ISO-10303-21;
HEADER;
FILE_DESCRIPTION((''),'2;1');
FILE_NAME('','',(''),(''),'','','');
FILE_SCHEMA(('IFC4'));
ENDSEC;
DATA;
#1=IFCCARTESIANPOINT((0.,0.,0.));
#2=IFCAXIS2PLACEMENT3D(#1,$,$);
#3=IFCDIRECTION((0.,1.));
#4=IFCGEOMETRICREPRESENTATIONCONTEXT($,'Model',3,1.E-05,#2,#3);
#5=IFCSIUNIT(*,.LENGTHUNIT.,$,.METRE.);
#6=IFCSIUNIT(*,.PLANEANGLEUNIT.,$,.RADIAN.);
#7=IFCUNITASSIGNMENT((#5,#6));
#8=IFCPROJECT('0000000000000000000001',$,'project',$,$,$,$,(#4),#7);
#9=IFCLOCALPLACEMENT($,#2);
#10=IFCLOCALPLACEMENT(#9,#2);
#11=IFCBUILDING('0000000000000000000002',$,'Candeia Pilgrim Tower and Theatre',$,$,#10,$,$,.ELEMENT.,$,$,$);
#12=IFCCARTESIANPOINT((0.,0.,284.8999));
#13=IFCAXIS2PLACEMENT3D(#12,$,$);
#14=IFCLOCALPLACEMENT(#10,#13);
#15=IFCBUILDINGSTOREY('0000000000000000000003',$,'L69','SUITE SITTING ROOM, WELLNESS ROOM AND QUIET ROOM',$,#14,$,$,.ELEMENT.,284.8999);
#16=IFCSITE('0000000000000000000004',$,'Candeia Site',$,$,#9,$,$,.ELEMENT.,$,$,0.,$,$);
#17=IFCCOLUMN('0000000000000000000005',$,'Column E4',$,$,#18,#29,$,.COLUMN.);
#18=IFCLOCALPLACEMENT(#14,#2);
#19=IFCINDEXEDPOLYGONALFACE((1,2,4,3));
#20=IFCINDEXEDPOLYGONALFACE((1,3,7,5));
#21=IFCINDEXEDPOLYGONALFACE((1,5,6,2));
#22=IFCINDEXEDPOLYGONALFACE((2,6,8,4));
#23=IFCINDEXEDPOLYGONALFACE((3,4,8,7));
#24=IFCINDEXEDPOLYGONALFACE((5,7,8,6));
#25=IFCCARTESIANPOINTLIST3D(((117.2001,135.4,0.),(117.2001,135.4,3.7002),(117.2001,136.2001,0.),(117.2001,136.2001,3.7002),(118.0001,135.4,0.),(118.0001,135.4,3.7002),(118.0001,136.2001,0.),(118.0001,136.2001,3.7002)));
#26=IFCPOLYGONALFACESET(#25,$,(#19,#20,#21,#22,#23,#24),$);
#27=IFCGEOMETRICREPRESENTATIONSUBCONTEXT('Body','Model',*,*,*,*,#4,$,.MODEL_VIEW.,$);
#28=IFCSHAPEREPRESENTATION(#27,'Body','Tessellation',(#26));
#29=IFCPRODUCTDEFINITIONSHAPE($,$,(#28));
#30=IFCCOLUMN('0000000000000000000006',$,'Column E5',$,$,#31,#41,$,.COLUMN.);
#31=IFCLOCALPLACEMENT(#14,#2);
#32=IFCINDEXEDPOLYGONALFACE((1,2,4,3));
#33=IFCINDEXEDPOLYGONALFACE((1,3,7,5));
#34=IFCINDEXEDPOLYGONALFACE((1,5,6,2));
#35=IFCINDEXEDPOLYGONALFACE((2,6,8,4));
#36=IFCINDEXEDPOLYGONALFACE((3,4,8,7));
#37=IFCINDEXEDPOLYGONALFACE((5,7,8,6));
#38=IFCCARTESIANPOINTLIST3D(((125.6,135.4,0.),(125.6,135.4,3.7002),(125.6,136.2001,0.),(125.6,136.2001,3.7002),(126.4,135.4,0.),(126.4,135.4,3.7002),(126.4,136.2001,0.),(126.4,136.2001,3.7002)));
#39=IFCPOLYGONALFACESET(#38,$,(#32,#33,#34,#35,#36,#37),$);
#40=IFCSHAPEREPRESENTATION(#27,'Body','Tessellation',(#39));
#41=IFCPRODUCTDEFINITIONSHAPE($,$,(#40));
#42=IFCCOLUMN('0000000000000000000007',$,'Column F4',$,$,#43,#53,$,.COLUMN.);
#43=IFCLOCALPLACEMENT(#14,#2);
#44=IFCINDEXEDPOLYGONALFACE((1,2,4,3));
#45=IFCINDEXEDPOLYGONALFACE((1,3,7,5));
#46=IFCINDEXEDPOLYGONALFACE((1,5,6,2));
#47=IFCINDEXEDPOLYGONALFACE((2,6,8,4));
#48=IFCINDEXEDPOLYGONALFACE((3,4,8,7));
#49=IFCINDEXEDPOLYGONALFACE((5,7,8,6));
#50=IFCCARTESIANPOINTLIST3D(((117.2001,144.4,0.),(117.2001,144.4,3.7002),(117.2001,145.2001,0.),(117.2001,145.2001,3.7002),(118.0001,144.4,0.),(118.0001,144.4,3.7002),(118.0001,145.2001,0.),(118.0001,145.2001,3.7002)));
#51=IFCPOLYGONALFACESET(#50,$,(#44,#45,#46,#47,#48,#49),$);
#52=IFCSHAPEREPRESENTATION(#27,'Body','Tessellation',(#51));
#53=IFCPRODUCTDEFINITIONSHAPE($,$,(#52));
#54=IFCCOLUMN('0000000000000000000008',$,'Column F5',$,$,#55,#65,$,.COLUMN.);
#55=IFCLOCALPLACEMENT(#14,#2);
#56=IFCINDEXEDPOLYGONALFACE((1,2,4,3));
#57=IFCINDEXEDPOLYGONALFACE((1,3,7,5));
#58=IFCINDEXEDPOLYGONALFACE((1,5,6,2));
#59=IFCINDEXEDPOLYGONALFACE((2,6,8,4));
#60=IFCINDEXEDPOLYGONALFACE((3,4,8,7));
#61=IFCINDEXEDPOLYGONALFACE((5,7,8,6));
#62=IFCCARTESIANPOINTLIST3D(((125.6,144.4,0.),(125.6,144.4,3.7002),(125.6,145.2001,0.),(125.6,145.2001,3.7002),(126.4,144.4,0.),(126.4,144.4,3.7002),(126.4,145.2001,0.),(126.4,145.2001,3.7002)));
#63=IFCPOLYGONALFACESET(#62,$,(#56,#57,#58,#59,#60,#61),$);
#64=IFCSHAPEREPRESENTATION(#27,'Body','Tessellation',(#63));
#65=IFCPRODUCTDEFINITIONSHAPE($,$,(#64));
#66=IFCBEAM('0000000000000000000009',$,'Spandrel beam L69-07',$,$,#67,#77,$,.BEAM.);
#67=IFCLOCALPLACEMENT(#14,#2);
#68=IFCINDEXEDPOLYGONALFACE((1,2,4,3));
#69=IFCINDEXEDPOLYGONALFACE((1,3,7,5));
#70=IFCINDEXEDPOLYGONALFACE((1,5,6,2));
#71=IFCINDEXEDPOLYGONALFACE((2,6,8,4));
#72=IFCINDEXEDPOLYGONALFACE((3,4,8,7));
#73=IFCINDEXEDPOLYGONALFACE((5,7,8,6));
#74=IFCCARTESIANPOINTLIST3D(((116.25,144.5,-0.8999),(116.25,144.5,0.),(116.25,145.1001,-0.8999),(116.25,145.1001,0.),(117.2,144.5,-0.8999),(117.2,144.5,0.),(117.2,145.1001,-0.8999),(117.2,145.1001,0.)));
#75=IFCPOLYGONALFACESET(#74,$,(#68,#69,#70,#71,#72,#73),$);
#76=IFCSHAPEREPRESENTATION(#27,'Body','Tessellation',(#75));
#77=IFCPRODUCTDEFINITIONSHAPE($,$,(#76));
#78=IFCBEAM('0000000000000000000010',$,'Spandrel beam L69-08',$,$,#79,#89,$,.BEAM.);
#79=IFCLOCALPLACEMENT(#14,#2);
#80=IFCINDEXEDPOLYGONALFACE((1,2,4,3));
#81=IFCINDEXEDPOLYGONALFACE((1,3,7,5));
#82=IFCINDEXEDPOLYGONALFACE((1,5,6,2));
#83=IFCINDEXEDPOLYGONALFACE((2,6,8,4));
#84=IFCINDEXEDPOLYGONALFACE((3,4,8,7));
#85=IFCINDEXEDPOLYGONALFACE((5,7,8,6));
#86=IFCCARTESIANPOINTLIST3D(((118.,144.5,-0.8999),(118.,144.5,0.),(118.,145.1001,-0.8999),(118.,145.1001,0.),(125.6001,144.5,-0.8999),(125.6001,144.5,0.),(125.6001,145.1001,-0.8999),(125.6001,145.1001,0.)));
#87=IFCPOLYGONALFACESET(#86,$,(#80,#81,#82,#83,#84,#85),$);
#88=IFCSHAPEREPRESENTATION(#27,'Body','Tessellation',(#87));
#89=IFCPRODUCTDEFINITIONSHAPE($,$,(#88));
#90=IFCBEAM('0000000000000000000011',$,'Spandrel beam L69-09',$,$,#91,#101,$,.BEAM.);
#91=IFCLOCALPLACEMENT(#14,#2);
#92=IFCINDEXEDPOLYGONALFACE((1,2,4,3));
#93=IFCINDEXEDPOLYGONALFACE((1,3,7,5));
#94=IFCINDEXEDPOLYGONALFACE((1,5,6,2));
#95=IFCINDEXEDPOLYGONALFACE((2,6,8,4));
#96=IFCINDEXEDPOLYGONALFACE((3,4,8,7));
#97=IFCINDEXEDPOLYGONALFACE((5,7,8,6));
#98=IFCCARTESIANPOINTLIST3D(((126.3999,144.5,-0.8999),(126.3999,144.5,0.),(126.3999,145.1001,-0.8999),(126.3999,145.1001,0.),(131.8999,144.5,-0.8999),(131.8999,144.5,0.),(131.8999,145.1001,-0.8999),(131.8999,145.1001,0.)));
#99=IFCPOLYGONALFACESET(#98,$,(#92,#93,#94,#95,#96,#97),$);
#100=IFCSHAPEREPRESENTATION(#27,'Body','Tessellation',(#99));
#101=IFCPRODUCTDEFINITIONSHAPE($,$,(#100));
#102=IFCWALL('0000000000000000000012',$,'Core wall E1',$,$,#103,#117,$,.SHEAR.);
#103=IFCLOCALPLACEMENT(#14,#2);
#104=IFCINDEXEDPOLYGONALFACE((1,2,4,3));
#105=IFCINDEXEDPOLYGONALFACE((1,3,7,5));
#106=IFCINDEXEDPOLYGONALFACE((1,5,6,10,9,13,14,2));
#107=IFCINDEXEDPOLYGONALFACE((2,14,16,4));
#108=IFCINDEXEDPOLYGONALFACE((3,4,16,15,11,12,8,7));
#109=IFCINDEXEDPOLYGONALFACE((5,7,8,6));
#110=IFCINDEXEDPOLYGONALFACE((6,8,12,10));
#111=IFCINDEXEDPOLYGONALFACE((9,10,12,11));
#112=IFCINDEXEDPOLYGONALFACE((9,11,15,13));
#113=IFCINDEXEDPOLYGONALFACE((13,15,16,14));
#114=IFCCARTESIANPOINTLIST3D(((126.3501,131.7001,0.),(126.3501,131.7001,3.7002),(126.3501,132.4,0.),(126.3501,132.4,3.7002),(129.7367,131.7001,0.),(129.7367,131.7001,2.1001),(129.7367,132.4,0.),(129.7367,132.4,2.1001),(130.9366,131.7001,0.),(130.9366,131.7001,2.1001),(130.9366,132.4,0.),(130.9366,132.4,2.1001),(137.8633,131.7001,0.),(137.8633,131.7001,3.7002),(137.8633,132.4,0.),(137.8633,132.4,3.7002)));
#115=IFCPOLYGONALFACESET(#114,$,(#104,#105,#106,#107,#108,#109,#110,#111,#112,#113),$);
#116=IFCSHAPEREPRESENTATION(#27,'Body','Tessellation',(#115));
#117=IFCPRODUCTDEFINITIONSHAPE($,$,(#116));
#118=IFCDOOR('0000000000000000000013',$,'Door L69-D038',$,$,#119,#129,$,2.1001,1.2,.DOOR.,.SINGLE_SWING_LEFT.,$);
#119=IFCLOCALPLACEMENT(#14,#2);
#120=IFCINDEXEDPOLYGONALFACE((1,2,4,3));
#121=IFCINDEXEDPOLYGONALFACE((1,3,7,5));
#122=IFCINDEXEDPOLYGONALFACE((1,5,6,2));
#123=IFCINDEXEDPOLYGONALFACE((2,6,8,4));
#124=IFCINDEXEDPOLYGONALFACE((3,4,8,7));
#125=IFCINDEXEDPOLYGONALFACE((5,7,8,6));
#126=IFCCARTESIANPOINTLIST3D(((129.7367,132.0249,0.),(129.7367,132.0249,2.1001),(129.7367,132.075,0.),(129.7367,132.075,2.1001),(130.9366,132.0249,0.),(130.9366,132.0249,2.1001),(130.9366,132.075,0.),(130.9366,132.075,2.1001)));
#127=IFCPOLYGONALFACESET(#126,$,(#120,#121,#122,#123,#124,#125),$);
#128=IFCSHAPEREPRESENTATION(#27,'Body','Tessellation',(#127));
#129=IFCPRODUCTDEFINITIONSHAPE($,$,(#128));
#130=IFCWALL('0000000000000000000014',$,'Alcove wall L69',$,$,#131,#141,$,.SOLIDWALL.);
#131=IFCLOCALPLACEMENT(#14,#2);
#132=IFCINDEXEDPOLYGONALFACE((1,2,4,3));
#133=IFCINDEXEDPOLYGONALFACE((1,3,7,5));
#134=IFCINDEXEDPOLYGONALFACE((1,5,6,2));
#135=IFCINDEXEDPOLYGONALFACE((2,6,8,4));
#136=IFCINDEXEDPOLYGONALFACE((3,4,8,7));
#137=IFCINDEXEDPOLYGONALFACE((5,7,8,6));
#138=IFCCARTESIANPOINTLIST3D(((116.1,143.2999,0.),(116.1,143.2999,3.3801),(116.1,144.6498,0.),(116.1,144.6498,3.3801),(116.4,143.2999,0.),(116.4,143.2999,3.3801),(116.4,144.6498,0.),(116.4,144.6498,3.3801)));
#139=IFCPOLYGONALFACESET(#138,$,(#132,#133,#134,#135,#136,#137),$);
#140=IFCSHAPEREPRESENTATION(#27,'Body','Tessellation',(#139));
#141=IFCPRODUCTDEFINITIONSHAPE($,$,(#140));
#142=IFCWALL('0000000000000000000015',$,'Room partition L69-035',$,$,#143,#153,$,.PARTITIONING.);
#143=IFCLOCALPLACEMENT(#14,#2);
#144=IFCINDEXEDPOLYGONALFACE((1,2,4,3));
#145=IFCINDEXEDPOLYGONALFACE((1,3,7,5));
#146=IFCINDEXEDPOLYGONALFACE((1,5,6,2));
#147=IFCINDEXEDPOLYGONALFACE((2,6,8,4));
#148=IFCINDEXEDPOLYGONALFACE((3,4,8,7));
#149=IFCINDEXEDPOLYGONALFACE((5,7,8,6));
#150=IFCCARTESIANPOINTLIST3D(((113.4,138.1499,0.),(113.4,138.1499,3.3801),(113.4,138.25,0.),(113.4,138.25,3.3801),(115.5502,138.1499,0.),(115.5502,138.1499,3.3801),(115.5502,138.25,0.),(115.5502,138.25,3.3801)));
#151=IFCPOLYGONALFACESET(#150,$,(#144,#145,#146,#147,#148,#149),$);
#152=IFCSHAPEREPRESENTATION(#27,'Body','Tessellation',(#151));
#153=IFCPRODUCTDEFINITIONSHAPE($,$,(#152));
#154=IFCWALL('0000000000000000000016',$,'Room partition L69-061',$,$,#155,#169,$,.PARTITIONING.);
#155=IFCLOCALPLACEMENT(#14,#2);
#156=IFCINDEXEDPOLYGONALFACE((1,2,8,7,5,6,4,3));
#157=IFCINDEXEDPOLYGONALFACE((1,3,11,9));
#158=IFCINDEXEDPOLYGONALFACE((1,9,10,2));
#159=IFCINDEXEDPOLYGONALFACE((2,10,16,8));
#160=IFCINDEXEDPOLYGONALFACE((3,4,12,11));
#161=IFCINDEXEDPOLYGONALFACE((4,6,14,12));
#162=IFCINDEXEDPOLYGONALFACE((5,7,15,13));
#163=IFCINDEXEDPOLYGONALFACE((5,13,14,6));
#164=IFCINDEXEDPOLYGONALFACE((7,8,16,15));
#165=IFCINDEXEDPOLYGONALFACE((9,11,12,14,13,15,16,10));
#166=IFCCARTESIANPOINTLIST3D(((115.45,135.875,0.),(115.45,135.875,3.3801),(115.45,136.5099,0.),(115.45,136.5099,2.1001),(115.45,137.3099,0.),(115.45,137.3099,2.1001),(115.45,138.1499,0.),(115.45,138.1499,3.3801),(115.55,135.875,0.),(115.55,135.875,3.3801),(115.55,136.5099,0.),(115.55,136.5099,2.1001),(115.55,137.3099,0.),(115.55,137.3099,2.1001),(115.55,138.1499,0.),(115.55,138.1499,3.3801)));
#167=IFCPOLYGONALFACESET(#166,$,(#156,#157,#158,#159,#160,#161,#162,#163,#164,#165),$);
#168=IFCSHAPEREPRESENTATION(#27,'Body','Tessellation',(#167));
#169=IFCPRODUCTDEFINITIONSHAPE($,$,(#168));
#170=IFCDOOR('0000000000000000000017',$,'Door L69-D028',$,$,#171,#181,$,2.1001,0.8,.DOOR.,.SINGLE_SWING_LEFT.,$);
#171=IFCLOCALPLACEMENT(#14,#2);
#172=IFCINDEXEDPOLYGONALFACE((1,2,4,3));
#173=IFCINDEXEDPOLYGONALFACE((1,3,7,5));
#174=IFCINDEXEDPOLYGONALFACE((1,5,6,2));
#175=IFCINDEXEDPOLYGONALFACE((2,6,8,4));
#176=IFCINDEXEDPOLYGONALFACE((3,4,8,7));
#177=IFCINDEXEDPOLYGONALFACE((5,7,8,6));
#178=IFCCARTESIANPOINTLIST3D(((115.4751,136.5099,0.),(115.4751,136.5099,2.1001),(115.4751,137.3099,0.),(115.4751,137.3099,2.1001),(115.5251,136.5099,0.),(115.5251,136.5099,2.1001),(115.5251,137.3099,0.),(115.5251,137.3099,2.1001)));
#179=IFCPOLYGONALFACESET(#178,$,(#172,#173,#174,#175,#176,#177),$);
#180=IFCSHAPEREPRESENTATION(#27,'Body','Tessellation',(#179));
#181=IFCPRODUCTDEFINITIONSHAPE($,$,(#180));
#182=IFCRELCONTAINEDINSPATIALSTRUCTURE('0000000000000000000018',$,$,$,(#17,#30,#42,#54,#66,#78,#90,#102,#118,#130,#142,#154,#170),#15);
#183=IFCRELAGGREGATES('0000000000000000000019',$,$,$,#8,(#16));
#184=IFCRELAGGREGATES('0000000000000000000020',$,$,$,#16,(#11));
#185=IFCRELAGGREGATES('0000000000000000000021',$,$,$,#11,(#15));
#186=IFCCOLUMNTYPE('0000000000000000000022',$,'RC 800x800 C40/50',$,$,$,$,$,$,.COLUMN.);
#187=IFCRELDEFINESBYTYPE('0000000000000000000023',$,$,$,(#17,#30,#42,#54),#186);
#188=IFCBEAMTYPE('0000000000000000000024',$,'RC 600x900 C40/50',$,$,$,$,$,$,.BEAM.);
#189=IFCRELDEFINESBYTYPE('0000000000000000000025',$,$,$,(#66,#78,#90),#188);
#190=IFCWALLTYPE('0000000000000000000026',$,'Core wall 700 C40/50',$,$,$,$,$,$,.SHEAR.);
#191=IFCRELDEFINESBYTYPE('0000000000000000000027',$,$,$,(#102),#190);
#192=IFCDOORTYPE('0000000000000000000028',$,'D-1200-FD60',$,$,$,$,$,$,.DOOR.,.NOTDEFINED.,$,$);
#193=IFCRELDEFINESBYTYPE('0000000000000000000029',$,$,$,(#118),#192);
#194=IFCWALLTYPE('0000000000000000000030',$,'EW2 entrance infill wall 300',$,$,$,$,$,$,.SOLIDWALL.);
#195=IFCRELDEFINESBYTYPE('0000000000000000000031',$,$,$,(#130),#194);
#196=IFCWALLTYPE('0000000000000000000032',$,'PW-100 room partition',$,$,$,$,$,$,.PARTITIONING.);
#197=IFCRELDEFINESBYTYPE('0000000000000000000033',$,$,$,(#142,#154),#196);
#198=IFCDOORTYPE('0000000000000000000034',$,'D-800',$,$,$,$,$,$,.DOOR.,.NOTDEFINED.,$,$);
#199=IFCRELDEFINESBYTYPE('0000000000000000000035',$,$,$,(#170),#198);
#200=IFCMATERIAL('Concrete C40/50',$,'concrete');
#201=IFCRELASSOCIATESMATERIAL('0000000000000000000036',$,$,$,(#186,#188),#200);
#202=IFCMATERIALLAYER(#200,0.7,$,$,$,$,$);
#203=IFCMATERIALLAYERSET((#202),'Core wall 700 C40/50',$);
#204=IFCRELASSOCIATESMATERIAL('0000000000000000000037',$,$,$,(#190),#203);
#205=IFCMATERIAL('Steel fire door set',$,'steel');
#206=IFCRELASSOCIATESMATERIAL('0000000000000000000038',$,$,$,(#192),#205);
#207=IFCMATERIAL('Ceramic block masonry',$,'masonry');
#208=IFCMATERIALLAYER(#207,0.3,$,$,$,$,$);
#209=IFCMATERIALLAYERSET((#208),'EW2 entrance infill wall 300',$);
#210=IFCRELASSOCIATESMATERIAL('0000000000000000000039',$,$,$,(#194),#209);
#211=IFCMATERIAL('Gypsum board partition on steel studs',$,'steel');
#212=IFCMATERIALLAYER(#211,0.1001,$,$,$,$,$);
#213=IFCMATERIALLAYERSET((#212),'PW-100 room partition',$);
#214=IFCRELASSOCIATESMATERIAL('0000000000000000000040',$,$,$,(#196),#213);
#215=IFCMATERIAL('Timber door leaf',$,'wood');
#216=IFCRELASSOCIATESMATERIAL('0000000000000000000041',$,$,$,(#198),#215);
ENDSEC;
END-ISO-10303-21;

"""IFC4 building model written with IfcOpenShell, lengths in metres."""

from ifc_helpers import new_model, si_unit, direction, frame, frame_2d, origin, origin_2d, place, context, subcontext, project, spatial, rectangle, extrude, material, layer, layer_set, material_profile, profile_set, type_object, element, fill, save


model = new_model("IFC4")

# Units and contexts
model_context = context("Model", 3, precision=1e-05, world=origin(), true_north=direction((0.0, 1.0)))
body_context = subcontext(model_context, "Body", "Model", "MODEL_VIEW")
ifc_project = project(units=[si_unit("LENGTHUNIT", "METRE"), si_unit("PLANEANGLEUNIT", "RADIAN")], contexts=[model_context])

# Site, building, storey
site_placement = place(None, origin())
site = spatial("IfcSite", under=ifc_project, at=site_placement, Name="Candeia Site", CompositionType="ELEMENT", RefElevation=0.0)
building_placement = place(site_placement, origin())
building = spatial("IfcBuilding", under=site, at=building_placement, Name="Candeia Pilgrim Tower and Theatre", CompositionType="ELEMENT")
storey_placement = place(building_placement, frame((0.0, 0.0, 284.8999)))
storey = spatial("IfcBuildingStorey", under=building, at=storey_placement, Name="L69", Description="SUITE SITTING ROOM, WELLNESS ROOM AND QUIET ROOM", CompositionType="ELEMENT", Elevation=284.8999)

# Columns
ifc_material_1 = material(Name="Concrete C40/50", Category="concrete")
ifc_material_profile_1 = material_profile(ifc_material_1, rectangle(XDim=0.8, YDim=0.8, at=origin_2d()))
ifc_profile_set_1 = profile_set([ifc_material_profile_1], Name="Concrete C40/50")
column_type = type_object("IfcColumnType", Name="RC 800x800 C40/50", PredefinedType="COLUMN", material=ifc_profile_set_1)
for number, where, z_axis, x_axis, name in (
    (1, (117.6001, 135.8, 0.0), (0.0, 0.0, 1.0), (1.0, 0.0, 0.0), "Column E4"),
    (2, (126.0, 135.8, 0.0), (0.0, 0.0, 1.0), (1.0, 0.0, 0.0), "Column E5"),
    (3, (117.6001, 144.8, 0.0), (0.0, 0.0, 1.0), (1.0, 0.0, 0.0), "Column F4"),
    (4, (126.0, 144.8, 0.0), (0.0, 0.0, 1.0), (1.0, 0.0, 0.0), "Column F5"),
):
    element("IfcColumn", number, at=place(storey_placement, frame(where, z_axis=z_axis, x_axis=x_axis)), inside=storey, type_object=column_type, Name=name, PredefinedType="COLUMN", context=body_context, shape_type="SweptSolid", body=[
        extrude(rectangle(XDim=0.8, YDim=0.8, at=origin_2d()), origin(), (0.0, 0.0, 1.0), 3.7002),
    ])

# Beams
ifc_material_profile_2 = material_profile(ifc_material_1, rectangle(XDim=0.6001, YDim=0.8999, at=origin_2d()))
ifc_profile_set_2 = profile_set([ifc_material_profile_2], Name="Concrete C40/50")
beam_type = type_object("IfcBeamType", Name="RC 600x900 C40/50", PredefinedType="BEAM", material=ifc_profile_set_2)
beam_1_placement = place(storey_placement, frame((116.25, 144.8, -0.45), z_axis=(1.0, 0.0, 0.0), x_axis=(0.0, 1.0, 0.0)))
element("IfcBeam", 5, at=beam_1_placement, inside=storey, type_object=beam_type, Name="Spandrel beam L69-07", PredefinedType="BEAM", context=body_context, shape_type="SweptSolid", body=[
    extrude(rectangle(XDim=0.6001, YDim=0.8999, at=origin_2d()), origin(), (0.0, 0.0, 1.0), 0.95),
])
beam_2_placement = place(storey_placement, frame((118.0, 144.8, -0.45), z_axis=(1.0, 0.0, 0.0), x_axis=(0.0, 1.0, 0.0)))
element("IfcBeam", 6, at=beam_2_placement, inside=storey, type_object=beam_type, Name="Spandrel beam L69-08", PredefinedType="BEAM", context=body_context, shape_type="SweptSolid", body=[
    extrude(rectangle(XDim=0.6001, YDim=0.8999, at=origin_2d()), origin(), (0.0, 0.0, 1.0), 7.6001),
])
beam_3_placement = place(storey_placement, frame((126.3999, 144.8, -0.45), z_axis=(1.0, 0.0, 0.0), x_axis=(0.0, 1.0, 0.0)))
element("IfcBeam", 7, at=beam_3_placement, inside=storey, type_object=beam_type, Name="Spandrel beam L69-09", PredefinedType="BEAM", context=body_context, shape_type="SweptSolid", body=[
    extrude(rectangle(XDim=0.6001, YDim=0.8999, at=origin_2d()), origin(), (0.0, 0.0, 1.0), 5.5),
])

# Wall, opening, door
ifc_layer_1 = layer(ifc_material_1, 0.7)
ifc_layer_set_1 = layer_set([ifc_layer_1], Name="Core wall 700 C40/50")
wall_type_1 = type_object("IfcWallType", Name="Core wall 700 C40/50", PredefinedType="SHEAR", material=ifc_layer_set_1)
wall_1_placement = place(storey_placement, frame((126.3501, 132.05, 0.0), z_axis=(0.0, 0.0, 1.0), x_axis=(1.0, 0.0, 0.0)))
wall_1 = element("IfcWall", 8, at=wall_1_placement, inside=storey, type_object=wall_type_1, Name="Core wall E1", PredefinedType="SHEAR", context=body_context, shape_type="SweptSolid", body=[
    extrude(rectangle(XDim=11.5132, YDim=0.7, at=frame_2d((5.7566, 0.0))), origin(), (0.0, 0.0, 1.0), 3.7002),
])
opening_1_placement = place(wall_1_placement, frame((3.3865, 0.0, 0.0)))
opening_1 = element("IfcOpeningElement", 9, at=opening_1_placement, cuts=wall_1, PredefinedType="OPENING", context=body_context, shape_type="SweptSolid", body=[
    extrude(rectangle(XDim=1.2, YDim=2.1001, at=frame_2d((0.6001, 1.05))), frame((0.0, 0.3599, 0.0), z_axis=(0.0, -1.0, 0.0), x_axis=(1.0, 0.0, 0.0)), (0.0, 0.0, 1.0), 0.72),
])
ifc_material_2 = material(Name="Steel fire door set", Category="steel")
door_type_1 = type_object("IfcDoorType", Name="D-1200-FD60", OperationType="NOTDEFINED", PredefinedType="DOOR", material=ifc_material_2)
door_1_placement = place(opening_1_placement, origin())
door_1 = element("IfcDoor", 10, at=door_1_placement, inside=storey, type_object=door_type_1, Name="Door L69-D038", OperationType="SINGLE_SWING_LEFT", OverallHeight=2.1001, OverallWidth=1.2, PredefinedType="DOOR", context=body_context, shape_type="SweptSolid", body=[
    extrude(rectangle(XDim=1.2, YDim=2.1001, at=frame_2d((0.6001, 1.05))), frame((0.0, 0.0249, 0.0), z_axis=(0.0, -1.0, 0.0), x_axis=(1.0, 0.0, 0.0)), (0.0, 0.0, 1.0), 0.05),
])
fill(opening_1, door_1)
ifc_material_3 = material(Name="Ceramic block masonry", Category="masonry")

# Wall
ifc_layer_2 = layer(ifc_material_3, 0.3)
ifc_layer_set_2 = layer_set([ifc_layer_2], Name="EW2 entrance infill wall 300")
wall_type_2 = type_object("IfcWallType", Name="EW2 entrance infill wall 300", PredefinedType="SOLIDWALL", material=ifc_layer_set_2)
wall_2_placement = place(storey_placement, frame((116.25, 143.3, 0.0), z_axis=(0.0, 0.0, 1.0), x_axis=(0.0, 1.0, 0.0)))
element("IfcWall", 11, at=wall_2_placement, inside=storey, type_object=wall_type_2, Name="Alcove wall L69", PredefinedType="SOLIDWALL", context=body_context, shape_type="SweptSolid", body=[
    extrude(rectangle(XDim=1.3499, YDim=0.3, at=frame_2d((0.6748, 0.0))), origin(), (0.0, 0.0, 1.0), 3.3801),
])

# Wall
ifc_material_4 = material(Name="Gypsum board partition on steel studs", Category="steel")
ifc_layer_3 = layer(ifc_material_4, 0.1001)
ifc_layer_set_3 = layer_set([ifc_layer_3], Name="PW-100 room partition")
wall_type_3 = type_object("IfcWallType", Name="PW-100 room partition", PredefinedType="PARTITIONING", material=ifc_layer_set_3)
wall_3_placement = place(storey_placement, frame((113.3999, 138.2, 0.0), z_axis=(0.0, 0.0, 1.0), x_axis=(1.0, 0.0, 0.0)))
element("IfcWall", 12, at=wall_3_placement, inside=storey, type_object=wall_type_3, Name="Room partition L69-035", PredefinedType="PARTITIONING", context=body_context, shape_type="SweptSolid", body=[
    extrude(rectangle(XDim=2.1501, YDim=0.1001, at=frame_2d((1.0752, 0.0))), origin(), (0.0, 0.0, 1.0), 3.3801),
])

# Wall, opening, door
wall_4_placement = place(storey_placement, frame((115.5, 135.875, 0.0), z_axis=(0.0, 0.0, 1.0), x_axis=(0.0, 1.0, 0.0)))
wall_4 = element("IfcWall", 13, at=wall_4_placement, inside=storey, type_object=wall_type_3, Name="Room partition L69-061", PredefinedType="PARTITIONING", context=body_context, shape_type="SweptSolid", body=[
    extrude(rectangle(XDim=2.2749, YDim=0.1001, at=frame_2d((1.1375, 0.0))), origin(), (0.0, 0.0, 1.0), 3.3801),
])
opening_2_placement = place(wall_4_placement, frame((0.635, 0.0, 0.0)))
opening_2 = element("IfcOpeningElement", 14, at=opening_2_placement, cuts=wall_4, PredefinedType="OPENING", context=body_context, shape_type="SweptSolid", body=[
    extrude(rectangle(XDim=0.8, YDim=2.1001, at=frame_2d((0.3999, 1.05))), frame((0.0, 0.0601, 0.0), z_axis=(0.0, -1.0, 0.0), x_axis=(1.0, 0.0, 0.0)), (0.0, 0.0, 1.0), 0.1201),
])
ifc_material_5 = material(Name="Timber door leaf", Category="wood")
door_type_2 = type_object("IfcDoorType", Name="D-800", OperationType="NOTDEFINED", PredefinedType="DOOR", material=ifc_material_5)
door_2_placement = place(opening_2_placement, origin())
door_2 = element("IfcDoor", 15, at=door_2_placement, inside=storey, type_object=door_type_2, Name="Door L69-D028", OperationType="SINGLE_SWING_LEFT", OverallHeight=2.1001, OverallWidth=0.8, PredefinedType="DOOR", context=body_context, shape_type="SweptSolid", body=[
    extrude(rectangle(XDim=0.8, YDim=2.1001, at=frame_2d((0.3999, 1.05))), frame((0.0, 0.0249, 0.0), z_axis=(0.0, -1.0, 0.0), x_axis=(1.0, 0.0, 0.0)), (0.0, 0.0, 1.0), 0.05),
])
fill(opening_2, door_2)

save(model, "model.ifc")
